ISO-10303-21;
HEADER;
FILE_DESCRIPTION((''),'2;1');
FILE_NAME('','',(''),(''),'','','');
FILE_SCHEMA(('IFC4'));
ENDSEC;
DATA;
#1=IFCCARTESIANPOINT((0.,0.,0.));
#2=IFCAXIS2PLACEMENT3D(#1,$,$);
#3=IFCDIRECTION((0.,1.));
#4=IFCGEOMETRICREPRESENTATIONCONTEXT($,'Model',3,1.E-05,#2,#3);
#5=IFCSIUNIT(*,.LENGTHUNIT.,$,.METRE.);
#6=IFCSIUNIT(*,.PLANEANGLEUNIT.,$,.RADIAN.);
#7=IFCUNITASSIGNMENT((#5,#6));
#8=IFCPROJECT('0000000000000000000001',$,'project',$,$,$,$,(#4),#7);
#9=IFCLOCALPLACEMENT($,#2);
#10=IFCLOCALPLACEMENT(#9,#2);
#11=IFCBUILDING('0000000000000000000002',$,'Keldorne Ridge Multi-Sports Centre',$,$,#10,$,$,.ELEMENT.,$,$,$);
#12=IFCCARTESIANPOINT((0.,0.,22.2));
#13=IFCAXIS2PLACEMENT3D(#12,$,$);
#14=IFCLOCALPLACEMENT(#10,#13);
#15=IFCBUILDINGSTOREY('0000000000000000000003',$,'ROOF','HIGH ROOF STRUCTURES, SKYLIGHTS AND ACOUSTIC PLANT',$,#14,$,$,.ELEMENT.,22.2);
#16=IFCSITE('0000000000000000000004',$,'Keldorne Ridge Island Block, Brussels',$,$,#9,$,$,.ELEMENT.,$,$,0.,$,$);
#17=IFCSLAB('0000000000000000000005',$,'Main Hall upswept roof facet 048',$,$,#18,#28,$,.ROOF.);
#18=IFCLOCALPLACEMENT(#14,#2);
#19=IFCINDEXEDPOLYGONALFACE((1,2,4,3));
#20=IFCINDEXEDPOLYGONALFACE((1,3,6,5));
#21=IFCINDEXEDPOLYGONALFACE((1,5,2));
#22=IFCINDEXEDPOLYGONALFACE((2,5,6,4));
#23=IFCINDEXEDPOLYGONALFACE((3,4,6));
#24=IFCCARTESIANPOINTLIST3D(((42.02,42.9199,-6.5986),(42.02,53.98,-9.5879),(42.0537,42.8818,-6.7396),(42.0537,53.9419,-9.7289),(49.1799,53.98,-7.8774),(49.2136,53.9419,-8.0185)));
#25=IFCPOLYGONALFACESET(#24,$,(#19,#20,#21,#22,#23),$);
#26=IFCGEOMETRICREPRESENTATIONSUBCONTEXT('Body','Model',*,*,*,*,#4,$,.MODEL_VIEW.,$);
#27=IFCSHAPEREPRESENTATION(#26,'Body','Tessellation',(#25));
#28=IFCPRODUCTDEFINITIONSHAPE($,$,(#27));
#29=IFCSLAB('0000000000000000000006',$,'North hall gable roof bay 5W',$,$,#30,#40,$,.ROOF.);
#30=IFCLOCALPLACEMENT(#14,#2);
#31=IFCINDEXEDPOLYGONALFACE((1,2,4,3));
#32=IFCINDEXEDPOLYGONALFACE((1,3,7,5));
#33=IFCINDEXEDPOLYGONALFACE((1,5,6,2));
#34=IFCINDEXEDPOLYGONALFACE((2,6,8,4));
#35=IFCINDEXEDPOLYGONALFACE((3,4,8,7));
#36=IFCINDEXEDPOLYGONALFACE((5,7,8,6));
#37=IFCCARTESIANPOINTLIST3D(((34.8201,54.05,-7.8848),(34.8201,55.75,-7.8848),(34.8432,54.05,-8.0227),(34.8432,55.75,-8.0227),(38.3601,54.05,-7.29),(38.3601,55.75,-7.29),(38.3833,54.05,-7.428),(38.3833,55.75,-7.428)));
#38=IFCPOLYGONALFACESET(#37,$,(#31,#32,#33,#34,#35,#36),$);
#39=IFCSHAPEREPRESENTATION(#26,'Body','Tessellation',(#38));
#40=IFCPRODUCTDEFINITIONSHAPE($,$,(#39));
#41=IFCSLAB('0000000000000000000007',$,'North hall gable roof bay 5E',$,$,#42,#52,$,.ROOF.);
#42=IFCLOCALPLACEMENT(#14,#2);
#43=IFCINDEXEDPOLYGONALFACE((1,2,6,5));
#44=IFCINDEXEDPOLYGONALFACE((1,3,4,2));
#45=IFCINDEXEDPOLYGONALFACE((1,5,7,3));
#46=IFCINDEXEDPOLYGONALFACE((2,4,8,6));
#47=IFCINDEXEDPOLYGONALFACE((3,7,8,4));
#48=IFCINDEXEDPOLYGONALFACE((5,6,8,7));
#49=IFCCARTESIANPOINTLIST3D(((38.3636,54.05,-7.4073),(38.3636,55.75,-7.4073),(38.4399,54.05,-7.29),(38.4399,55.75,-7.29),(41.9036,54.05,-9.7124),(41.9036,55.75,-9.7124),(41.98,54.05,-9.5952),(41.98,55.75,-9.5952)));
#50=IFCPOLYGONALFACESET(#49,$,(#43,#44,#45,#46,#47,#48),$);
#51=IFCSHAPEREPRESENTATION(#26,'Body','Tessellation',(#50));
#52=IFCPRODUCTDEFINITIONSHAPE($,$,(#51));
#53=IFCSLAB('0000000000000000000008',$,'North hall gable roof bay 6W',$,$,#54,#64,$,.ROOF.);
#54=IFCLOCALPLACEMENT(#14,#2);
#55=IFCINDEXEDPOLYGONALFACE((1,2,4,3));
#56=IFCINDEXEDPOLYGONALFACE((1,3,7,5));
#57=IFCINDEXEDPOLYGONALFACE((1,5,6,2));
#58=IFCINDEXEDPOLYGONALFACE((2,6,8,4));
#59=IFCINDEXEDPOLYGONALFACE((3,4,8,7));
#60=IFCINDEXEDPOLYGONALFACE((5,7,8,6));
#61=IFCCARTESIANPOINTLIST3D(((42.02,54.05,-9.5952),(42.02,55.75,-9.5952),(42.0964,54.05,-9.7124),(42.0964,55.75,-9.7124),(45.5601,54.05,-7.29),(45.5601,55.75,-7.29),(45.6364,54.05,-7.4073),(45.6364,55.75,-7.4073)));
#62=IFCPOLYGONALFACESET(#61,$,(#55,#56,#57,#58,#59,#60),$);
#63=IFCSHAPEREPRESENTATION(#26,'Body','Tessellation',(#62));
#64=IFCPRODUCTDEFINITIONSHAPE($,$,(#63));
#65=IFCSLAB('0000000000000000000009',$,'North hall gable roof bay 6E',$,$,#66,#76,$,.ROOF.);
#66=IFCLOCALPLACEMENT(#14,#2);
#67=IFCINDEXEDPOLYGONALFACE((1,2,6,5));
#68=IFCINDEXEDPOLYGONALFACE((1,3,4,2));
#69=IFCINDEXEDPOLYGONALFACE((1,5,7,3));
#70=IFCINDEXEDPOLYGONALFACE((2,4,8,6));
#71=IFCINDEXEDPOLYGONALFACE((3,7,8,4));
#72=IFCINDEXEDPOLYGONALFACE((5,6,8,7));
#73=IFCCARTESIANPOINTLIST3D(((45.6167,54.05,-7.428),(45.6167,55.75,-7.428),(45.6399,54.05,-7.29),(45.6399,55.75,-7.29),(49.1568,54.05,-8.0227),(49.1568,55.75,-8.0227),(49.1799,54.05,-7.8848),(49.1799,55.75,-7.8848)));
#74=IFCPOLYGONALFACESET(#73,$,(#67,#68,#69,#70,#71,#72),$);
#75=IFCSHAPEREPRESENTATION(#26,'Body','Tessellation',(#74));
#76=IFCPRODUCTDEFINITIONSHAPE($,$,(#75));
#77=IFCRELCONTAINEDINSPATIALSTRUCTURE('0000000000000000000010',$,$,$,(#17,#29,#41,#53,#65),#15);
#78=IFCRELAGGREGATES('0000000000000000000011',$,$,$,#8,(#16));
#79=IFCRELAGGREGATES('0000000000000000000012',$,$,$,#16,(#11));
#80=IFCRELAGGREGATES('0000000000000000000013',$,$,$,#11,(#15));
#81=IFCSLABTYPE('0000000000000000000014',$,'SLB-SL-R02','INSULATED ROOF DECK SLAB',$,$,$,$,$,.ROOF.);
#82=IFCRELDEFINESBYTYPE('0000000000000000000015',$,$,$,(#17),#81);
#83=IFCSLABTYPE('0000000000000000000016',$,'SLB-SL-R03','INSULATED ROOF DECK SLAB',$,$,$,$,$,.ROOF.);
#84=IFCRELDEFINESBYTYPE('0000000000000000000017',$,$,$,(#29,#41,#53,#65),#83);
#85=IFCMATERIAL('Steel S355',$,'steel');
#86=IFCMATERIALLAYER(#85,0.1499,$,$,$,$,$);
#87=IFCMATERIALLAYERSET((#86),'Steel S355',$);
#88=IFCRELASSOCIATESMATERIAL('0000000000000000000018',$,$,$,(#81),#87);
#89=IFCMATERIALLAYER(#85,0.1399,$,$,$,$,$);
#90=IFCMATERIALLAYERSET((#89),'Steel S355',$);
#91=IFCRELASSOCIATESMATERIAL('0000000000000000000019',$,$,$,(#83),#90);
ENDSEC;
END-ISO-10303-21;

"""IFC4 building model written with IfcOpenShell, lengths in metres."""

from ifc_helpers import new_model, si_unit, direction, frame, origin, place, context, subcontext, project, spatial, polyline, outline, extrude, material, layer, layer_set, type_object, element, save


model = new_model("IFC4")

# Units and contexts
model_context = context("Model", 3, precision=1e-05, world=origin(), true_north=direction((0.0, 1.0)))
body_context = subcontext(model_context, "Body", "Model", "MODEL_VIEW")
ifc_project = project(units=[si_unit("LENGTHUNIT", "METRE"), si_unit("PLANEANGLEUNIT", "RADIAN")], contexts=[model_context])

# Site, building, storey
site_placement = place(None, origin())
site = spatial("IfcSite", under=ifc_project, at=site_placement, Name="Keldorne Ridge Island Block, Brussels", CompositionType="ELEMENT", RefElevation=0.0)
building_placement = place(site_placement, origin())
building = spatial("IfcBuilding", under=site, at=building_placement, Name="Keldorne Ridge Multi-Sports Centre", CompositionType="ELEMENT")
storey_placement = place(building_placement, frame((0.0, 0.0, 22.2)))
storey = spatial("IfcBuildingStorey", under=building, at=storey_placement, Name="ROOF", Description="HIGH ROOF STRUCTURES, SKYLIGHTS AND ACOUSTIC PLANT", CompositionType="ELEMENT", Elevation=22.2)

# Shared definitions
ifc_material = material(Name="Steel S355", Category="steel")

# Slabs
ifc_layer_1 = layer(ifc_material, 0.1499)
ifc_layer_set_1 = layer_set([ifc_layer_1], Name="Steel S355")
slab_type_1 = type_object("IfcSlabType", Name="SLB-SL-R02", Description="INSULATED ROOF DECK SLAB", PredefinedType="ROOF", material=ifc_layer_set_1)
slab_1_placement = place(storey_placement, frame((42.02, 42.9199, -6.5986), z_axis=(-0.224719, 0.25424, 0.940672), x_axis=(0.540892, 0.835526, -0.096607)))
element("IfcSlab", 1, at=slab_1_placement, inside=storey, type_object=slab_type_1, Name="Main Hall upswept roof facet 048", PredefinedType="ROOF", context=body_context, shape_type="SweptSolid", body=[
    extrude(outline(polyline([(0.0, 0.0), (13.2372, 0.0), (9.5297, 6.3596), (0.0, 0.0)])), origin(), (0.0, 0.0, -1.0), 0.1499),
])
ifc_layer_2 = layer(ifc_material, 0.1399)
ifc_layer_set_2 = layer_set([ifc_layer_2], Name="Steel S355")
slab_type_2 = type_object("IfcSlabType", Name="SLB-SL-R03", Description="INSULATED ROOF DECK SLAB", PredefinedType="ROOF", material=ifc_layer_set_2)
slab_2_placement = place(storey_placement, frame((34.8201, 54.05, -7.8848), z_axis=(-0.165678, 0.0, 0.98618), x_axis=(0.98618, 0.0, 0.165678)))
element("IfcSlab", 2, at=slab_2_placement, inside=storey, type_object=slab_type_2, Name="North hall gable roof bay 5W", PredefinedType="ROOF", context=body_context, shape_type="SweptSolid", body=[
    extrude(outline(polyline([(0.0, 0.0), (3.5896, 0.0), (3.5896, 1.7), (0.0, 1.7), (0.0, 0.0)])), origin(), (0.0, 0.0, -1.0), 0.1399),
])
for number, where, z_axis, x_axis, name in (
    (3, (38.4399, 54.05, -7.29), (0.545679, 0.0, 0.837994), (0.837994, 0.0, -0.545679), "North hall gable roof bay 5E"),
    (4, (42.02, 54.05, -9.5952), (-0.545679, 0.0, 0.837994), (0.837994, 0.0, 0.545679), "North hall gable roof bay 6W"),
):
    element("IfcSlab", number, at=place(storey_placement, frame(where, z_axis=z_axis, x_axis=x_axis)), inside=storey, type_object=slab_type_2, Name=name, PredefinedType="ROOF", context=body_context, shape_type="SweptSolid", body=[
        extrude(outline(polyline([(0.0, 0.0), (4.2244, 0.0), (4.2244, 1.7), (0.0, 1.7), (0.0, 0.0)])), origin(), (0.0, 0.0, -1.0), 0.1399),
    ])
slab_3_placement = place(storey_placement, frame((45.6399, 54.05, -7.29), z_axis=(0.165678, 0.0, 0.98618), x_axis=(0.98618, 0.0, -0.165678)))
element("IfcSlab", 5, at=slab_3_placement, inside=storey, type_object=slab_type_2, Name="North hall gable roof bay 6E", PredefinedType="ROOF", context=body_context, shape_type="SweptSolid", body=[
    extrude(outline(polyline([(0.0, 0.0), (3.5896, 0.0), (3.5896, 1.7), (0.0, 1.7), (0.0, 0.0)])), origin(), (0.0, 0.0, -1.0), 0.1399),
])

save(model, "model.ifc")
